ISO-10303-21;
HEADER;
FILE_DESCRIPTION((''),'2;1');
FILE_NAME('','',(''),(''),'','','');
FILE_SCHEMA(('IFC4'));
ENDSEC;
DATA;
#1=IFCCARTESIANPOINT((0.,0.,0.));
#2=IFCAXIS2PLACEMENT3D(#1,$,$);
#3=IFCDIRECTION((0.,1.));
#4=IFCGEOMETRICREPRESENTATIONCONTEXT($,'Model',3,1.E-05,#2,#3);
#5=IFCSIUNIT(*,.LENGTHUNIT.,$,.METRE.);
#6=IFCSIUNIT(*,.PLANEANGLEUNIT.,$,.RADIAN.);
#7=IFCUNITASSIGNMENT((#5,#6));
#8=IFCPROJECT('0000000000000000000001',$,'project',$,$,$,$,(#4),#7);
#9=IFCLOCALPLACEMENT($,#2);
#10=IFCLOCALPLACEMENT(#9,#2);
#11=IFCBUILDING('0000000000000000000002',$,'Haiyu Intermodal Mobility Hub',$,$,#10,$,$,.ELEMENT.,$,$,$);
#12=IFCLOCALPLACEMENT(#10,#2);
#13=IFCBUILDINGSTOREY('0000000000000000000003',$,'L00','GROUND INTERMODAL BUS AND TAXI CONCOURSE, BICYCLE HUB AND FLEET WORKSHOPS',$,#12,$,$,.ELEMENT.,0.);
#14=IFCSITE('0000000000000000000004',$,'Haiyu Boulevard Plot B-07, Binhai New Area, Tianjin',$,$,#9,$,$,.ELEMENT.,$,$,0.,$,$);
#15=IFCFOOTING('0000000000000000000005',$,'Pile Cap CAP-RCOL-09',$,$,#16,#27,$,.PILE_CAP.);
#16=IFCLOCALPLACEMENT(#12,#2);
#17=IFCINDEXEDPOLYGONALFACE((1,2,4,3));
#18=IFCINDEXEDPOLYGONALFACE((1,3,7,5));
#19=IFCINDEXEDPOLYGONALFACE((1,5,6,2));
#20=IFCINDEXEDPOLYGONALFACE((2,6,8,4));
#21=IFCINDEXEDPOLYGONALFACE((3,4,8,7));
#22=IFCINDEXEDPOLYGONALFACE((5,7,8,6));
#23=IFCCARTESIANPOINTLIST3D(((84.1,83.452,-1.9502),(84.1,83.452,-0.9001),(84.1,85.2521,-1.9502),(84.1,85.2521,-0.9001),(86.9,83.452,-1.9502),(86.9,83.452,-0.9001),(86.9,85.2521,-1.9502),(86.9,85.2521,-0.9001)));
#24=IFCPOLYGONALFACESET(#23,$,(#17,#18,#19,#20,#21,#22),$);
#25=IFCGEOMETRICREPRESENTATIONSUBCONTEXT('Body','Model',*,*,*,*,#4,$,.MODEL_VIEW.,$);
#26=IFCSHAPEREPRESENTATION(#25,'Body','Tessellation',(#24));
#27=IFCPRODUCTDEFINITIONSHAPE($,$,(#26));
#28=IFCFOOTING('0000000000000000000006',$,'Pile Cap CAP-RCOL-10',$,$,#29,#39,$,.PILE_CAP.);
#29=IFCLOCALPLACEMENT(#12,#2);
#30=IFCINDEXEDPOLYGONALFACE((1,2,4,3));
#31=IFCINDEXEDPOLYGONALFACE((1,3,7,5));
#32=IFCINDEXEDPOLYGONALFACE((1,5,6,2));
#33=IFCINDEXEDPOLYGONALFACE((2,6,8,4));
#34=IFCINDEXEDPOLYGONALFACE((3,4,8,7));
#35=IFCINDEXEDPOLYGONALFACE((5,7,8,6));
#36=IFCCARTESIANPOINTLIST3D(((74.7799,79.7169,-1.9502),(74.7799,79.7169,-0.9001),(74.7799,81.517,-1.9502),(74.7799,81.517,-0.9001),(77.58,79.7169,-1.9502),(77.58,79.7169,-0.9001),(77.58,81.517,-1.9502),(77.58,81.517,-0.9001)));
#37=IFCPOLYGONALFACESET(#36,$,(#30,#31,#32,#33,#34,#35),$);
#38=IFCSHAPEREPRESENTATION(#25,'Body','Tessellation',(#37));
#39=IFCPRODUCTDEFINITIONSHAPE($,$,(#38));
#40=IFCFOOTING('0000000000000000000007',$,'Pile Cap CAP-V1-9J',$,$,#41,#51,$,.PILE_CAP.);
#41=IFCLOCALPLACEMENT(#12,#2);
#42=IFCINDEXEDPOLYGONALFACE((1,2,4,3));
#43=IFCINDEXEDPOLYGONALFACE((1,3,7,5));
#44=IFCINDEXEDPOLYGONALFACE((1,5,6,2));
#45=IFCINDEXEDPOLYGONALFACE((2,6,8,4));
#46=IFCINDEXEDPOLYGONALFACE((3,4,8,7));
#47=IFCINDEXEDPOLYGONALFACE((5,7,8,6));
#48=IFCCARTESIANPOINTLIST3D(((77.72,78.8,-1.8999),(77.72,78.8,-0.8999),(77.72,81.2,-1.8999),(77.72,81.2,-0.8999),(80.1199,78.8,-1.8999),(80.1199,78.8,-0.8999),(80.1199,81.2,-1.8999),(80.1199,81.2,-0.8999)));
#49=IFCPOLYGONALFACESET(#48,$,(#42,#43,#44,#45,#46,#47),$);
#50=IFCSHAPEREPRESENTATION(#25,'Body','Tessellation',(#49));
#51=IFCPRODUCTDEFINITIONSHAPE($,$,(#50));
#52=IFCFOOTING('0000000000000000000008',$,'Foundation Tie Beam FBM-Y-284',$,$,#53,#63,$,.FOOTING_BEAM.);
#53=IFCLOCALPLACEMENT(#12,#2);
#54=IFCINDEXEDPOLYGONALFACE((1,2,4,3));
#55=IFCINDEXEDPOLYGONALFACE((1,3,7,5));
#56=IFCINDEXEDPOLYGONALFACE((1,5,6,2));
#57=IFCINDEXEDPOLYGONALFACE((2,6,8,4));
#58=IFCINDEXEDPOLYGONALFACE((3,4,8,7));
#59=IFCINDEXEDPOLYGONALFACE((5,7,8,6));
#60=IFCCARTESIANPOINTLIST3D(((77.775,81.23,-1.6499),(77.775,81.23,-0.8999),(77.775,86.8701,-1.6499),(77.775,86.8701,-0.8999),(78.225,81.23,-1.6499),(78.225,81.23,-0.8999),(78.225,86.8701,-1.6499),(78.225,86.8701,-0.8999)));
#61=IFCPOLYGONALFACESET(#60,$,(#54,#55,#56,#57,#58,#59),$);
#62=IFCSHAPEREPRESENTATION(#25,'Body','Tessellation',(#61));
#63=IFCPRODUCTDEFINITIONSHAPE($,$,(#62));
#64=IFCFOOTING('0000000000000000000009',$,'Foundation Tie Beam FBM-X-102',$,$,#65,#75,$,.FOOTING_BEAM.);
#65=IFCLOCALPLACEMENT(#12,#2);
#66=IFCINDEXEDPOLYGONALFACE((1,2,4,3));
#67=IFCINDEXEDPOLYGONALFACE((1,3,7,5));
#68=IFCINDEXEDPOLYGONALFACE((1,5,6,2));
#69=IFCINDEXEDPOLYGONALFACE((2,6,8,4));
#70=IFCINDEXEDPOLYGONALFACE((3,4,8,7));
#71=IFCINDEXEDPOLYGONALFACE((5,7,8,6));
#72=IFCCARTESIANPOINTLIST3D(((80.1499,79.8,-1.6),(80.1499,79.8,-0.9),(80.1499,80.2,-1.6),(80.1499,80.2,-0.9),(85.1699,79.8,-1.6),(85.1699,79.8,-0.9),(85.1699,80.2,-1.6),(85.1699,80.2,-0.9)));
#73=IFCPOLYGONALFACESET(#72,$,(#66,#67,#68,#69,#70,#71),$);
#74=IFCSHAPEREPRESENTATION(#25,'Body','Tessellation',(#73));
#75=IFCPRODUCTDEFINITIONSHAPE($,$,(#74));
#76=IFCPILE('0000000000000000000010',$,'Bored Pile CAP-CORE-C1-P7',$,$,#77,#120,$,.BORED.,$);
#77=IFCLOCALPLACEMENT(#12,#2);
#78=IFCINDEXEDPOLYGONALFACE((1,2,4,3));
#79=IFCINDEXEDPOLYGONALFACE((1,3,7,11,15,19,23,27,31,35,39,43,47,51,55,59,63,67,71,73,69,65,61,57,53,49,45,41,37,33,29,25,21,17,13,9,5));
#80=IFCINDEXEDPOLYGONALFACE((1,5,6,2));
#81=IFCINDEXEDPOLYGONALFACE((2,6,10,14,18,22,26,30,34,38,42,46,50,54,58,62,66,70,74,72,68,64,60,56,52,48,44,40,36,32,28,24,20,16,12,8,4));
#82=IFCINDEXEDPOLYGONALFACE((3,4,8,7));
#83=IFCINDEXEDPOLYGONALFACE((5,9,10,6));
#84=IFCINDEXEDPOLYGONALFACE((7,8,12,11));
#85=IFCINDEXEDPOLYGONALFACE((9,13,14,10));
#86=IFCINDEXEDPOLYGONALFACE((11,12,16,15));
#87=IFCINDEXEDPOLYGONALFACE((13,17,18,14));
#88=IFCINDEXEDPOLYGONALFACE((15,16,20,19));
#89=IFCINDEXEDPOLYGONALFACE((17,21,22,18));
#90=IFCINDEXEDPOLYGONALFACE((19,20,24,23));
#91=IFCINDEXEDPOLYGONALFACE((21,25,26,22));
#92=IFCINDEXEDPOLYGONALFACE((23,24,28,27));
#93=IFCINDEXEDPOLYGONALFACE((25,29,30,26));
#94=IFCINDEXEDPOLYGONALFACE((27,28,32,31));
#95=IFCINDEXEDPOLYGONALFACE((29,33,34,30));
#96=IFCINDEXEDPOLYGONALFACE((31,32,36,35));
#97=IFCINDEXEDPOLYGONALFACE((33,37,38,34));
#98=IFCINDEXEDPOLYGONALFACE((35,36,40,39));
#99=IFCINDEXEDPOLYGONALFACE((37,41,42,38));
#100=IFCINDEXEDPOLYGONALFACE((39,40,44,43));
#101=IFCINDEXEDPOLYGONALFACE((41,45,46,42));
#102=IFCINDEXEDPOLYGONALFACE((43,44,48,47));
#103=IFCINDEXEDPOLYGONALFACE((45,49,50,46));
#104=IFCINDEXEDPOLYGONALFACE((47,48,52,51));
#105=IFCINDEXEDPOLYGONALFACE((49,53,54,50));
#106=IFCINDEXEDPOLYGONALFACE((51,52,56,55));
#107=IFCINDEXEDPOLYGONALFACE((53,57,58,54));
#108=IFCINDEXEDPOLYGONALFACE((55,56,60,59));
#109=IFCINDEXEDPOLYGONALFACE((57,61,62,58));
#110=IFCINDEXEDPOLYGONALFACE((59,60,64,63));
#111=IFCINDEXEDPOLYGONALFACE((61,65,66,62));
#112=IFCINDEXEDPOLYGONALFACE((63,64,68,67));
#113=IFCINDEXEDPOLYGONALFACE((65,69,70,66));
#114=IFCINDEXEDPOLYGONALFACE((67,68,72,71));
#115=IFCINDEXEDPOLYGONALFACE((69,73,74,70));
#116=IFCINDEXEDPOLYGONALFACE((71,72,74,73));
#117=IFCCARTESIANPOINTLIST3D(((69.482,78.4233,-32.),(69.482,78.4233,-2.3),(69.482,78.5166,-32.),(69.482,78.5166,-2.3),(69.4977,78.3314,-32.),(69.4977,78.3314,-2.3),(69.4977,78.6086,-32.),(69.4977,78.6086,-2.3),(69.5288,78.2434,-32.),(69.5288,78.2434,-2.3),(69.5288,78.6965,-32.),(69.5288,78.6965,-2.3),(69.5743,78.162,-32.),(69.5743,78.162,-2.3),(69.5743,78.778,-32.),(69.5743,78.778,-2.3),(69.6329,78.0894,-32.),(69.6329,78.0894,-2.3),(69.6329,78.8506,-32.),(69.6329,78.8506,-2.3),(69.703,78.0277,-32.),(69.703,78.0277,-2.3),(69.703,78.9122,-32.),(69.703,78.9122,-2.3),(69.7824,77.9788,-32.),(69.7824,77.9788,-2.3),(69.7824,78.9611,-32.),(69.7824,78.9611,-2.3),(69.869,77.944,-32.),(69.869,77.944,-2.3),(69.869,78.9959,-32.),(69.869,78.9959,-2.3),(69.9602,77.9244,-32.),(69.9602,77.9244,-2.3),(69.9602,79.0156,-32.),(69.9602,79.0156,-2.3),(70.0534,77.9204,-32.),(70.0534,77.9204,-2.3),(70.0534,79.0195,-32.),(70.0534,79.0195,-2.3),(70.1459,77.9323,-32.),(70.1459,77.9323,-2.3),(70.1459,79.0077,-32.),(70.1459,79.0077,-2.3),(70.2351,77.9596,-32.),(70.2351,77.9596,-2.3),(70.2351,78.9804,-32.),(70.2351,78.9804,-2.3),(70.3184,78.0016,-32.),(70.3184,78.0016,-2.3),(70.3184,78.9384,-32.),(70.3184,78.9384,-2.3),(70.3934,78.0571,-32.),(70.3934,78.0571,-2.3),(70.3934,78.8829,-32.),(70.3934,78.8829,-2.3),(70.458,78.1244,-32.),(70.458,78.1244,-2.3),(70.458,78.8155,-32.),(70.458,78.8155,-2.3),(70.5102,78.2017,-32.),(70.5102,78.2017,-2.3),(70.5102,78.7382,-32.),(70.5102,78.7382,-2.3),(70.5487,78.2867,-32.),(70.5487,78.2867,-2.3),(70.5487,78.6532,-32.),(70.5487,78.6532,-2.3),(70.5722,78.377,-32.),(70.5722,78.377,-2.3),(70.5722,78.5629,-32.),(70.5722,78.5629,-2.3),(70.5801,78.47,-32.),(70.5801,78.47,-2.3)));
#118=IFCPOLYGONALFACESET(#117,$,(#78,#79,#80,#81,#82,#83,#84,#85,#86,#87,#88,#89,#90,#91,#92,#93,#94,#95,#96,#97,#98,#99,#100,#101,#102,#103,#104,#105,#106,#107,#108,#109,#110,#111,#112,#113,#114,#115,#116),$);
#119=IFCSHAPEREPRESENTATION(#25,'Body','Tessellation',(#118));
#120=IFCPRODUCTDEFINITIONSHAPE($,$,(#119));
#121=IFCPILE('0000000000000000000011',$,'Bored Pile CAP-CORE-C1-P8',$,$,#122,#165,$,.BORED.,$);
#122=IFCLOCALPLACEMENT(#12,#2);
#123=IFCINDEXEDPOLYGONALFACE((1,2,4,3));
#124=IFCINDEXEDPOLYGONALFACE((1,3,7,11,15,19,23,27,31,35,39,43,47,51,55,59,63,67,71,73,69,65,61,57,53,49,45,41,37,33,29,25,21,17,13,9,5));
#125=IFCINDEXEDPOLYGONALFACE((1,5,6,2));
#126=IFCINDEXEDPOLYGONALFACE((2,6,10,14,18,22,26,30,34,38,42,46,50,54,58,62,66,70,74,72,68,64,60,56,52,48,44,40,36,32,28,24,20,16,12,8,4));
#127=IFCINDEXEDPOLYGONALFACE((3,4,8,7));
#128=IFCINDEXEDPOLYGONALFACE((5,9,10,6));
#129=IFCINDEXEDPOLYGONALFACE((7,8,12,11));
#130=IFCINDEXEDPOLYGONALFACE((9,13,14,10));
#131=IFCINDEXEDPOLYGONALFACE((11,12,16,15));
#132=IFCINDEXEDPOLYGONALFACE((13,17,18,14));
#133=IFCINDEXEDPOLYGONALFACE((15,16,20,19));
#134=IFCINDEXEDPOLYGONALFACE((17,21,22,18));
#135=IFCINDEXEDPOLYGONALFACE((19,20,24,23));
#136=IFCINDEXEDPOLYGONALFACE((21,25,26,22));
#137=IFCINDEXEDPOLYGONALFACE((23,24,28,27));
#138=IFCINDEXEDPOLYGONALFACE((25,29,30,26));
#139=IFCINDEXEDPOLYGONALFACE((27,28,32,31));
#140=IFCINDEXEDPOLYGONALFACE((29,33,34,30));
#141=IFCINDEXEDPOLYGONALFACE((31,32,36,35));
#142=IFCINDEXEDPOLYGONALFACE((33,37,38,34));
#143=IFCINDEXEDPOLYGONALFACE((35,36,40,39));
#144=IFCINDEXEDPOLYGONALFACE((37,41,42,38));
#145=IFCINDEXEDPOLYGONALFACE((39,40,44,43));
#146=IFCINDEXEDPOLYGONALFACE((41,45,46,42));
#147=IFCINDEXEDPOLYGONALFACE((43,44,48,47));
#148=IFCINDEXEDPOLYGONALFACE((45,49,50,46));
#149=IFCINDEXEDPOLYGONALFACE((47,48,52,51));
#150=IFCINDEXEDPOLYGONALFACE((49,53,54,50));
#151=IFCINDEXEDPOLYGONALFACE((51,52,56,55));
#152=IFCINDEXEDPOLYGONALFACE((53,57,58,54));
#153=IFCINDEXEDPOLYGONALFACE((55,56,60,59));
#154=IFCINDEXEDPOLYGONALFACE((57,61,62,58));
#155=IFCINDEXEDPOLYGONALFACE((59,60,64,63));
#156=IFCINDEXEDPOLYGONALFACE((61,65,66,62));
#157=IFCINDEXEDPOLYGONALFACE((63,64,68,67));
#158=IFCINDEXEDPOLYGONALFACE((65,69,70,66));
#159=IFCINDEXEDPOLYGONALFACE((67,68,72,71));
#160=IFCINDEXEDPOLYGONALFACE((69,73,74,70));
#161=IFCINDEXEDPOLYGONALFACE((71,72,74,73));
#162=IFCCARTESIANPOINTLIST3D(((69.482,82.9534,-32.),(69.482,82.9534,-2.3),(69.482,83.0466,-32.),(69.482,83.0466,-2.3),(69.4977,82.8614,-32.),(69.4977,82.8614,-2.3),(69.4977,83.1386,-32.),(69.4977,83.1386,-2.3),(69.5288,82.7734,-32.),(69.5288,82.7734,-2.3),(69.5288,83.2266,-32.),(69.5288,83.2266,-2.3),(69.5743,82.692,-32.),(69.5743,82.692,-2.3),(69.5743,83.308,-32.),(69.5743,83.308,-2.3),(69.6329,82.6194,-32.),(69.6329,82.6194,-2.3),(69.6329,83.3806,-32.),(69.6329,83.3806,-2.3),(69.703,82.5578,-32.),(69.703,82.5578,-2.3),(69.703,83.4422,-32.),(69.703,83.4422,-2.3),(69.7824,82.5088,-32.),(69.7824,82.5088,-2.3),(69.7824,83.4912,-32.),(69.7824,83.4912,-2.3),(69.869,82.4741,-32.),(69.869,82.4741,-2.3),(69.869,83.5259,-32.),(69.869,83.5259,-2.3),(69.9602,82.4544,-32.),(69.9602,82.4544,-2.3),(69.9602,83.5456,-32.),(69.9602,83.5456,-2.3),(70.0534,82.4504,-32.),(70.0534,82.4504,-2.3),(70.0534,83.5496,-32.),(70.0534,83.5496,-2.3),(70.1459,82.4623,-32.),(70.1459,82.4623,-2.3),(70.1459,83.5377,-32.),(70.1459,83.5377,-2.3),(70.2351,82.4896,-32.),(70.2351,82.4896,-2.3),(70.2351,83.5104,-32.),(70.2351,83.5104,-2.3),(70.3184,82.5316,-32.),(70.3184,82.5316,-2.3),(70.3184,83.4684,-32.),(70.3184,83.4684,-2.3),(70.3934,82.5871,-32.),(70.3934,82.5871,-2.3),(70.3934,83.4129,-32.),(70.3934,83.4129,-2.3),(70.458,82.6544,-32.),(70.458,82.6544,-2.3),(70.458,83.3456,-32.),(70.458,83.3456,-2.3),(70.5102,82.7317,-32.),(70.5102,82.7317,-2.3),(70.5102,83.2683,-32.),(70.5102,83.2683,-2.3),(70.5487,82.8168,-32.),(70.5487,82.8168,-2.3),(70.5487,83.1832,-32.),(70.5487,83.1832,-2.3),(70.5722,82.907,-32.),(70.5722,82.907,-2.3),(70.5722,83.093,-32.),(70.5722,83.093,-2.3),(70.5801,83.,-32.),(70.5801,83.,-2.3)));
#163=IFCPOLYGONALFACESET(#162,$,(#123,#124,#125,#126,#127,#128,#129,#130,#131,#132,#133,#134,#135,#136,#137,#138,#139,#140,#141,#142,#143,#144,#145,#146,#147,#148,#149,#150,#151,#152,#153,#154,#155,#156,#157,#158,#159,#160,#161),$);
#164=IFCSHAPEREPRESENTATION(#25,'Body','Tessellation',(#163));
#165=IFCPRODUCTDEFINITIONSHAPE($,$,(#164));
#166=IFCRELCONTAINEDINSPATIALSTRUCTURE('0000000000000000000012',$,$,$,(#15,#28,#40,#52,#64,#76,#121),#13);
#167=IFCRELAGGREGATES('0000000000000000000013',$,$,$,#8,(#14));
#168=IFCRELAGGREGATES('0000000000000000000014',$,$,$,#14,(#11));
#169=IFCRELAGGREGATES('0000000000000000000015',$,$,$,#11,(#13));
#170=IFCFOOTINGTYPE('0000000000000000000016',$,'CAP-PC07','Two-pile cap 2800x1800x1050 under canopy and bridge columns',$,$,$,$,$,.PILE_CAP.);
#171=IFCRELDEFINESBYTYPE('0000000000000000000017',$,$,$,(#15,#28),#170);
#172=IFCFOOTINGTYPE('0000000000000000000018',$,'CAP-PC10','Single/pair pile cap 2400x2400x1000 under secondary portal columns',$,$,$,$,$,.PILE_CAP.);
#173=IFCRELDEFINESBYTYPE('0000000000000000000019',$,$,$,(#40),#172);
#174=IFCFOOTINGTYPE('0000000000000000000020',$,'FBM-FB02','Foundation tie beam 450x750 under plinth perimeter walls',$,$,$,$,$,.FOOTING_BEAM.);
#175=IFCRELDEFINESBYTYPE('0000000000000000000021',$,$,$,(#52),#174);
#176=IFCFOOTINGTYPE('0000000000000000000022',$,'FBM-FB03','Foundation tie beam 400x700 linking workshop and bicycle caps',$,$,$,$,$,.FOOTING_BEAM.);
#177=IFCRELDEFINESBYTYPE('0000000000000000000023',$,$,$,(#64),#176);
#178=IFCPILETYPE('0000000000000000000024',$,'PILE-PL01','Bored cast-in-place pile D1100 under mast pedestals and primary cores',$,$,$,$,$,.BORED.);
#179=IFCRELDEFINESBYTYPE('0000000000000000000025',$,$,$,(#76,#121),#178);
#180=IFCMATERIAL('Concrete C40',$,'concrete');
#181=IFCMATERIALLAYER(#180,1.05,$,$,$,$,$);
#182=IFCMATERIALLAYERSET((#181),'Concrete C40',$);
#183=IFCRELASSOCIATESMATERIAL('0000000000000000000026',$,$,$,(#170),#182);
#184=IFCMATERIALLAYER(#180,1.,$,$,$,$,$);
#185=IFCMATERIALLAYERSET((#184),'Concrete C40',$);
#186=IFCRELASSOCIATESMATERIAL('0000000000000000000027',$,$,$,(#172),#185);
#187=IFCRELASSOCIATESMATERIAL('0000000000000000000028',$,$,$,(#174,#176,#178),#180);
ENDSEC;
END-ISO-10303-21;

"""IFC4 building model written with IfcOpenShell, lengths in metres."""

from ifc_helpers import new_model, si_unit, direction, frame, origin, origin_2d, place, context, subcontext, project, spatial, rectangle, circle, extrude, material, layer, layer_set, material_profile, profile_set, type_object, element, save


model = new_model("IFC4")

# Units and contexts
model_context = context("Model", 3, precision=1e-05, world=origin(), true_north=direction((0.0, 1.0)))
body_context = subcontext(model_context, "Body", "Model", "MODEL_VIEW")
ifc_project = project(units=[si_unit("LENGTHUNIT", "METRE"), si_unit("PLANEANGLEUNIT", "RADIAN")], contexts=[model_context])

# Site, building, storey
site_placement = place(None, origin())
site = spatial("IfcSite", under=ifc_project, at=site_placement, Name="Haiyu Boulevard Plot B-07, Binhai New Area, Tianjin", CompositionType="ELEMENT", RefElevation=0.0)
building_placement = place(site_placement, origin())
building = spatial("IfcBuilding", under=site, at=building_placement, Name="Haiyu Intermodal Mobility Hub", CompositionType="ELEMENT")
storey_placement = place(building_placement, origin())
storey = spatial("IfcBuildingStorey", under=building, at=storey_placement, Name="L00", Description="GROUND INTERMODAL BUS AND TAXI CONCOURSE, BICYCLE HUB AND FLEET WORKSHOPS", CompositionType="ELEMENT", Elevation=0.0)

# Footings
ifc_material_1 = material(Name="Concrete C40", Category="concrete")
ifc_layer_1 = layer(ifc_material_1, 1.05)
ifc_layer_set_1 = layer_set([ifc_layer_1], Name="Concrete C40")
footing_type_1 = type_object("IfcFootingType", Name="CAP-PC07", Description="Two-pile cap 2800x1800x1050 under canopy and bridge columns", PredefinedType="PILE_CAP", material=ifc_layer_set_1)
for number, where, z_axis, x_axis, name in (
    (1, (85.5, 84.3521, -1.9502), (0.0, 0.0, 1.0), (1.0, 0.0, 0.0), "Pile Cap CAP-RCOL-09"),
    (2, (76.1799, 80.6169, -1.9502), (0.0, 0.0, 1.0), (1.0, 0.0, 0.0), "Pile Cap CAP-RCOL-10"),
):
    element("IfcFooting", number, at=place(storey_placement, frame(where, z_axis=z_axis, x_axis=x_axis)), inside=storey, type_object=footing_type_1, Name=name, PredefinedType="PILE_CAP", context=body_context, shape_type="SweptSolid", body=[
        extrude(rectangle(XDim=2.8, YDim=1.8, at=origin_2d()), origin(), (0.0, 0.0, 1.0), 1.05),
    ])
ifc_layer_2 = layer(ifc_material_1, 1.0)
ifc_layer_set_2 = layer_set([ifc_layer_2], Name="Concrete C40")
footing_type_2 = type_object("IfcFootingType", Name="CAP-PC10", Description="Single/pair pile cap 2400x2400x1000 under secondary portal columns", PredefinedType="PILE_CAP", material=ifc_layer_set_2)
footing_1_placement = place(storey_placement, frame((78.9199, 80.0, -1.8999), z_axis=(0.0, 0.0, 1.0), x_axis=(1.0, 0.0, 0.0)))
element("IfcFooting", 3, at=footing_1_placement, inside=storey, type_object=footing_type_2, Name="Pile Cap CAP-V1-9J", PredefinedType="PILE_CAP", context=body_context, shape_type="SweptSolid", body=[
    extrude(rectangle(XDim=2.3999, YDim=2.3999, at=origin_2d()), origin(), (0.0, 0.0, 1.0), 1.0),
])
ifc_material_profile_1 = material_profile(ifc_material_1, rectangle(XDim=0.45, YDim=0.75, at=origin_2d()), Name="FB450x750")
ifc_profile_set_1 = profile_set([ifc_material_profile_1], Name="Concrete C40")
footing_type_3 = type_object("IfcFootingType", Name="FBM-FB02", Description="Foundation tie beam 450x750 under plinth perimeter walls", PredefinedType="FOOTING_BEAM", material=ifc_profile_set_1)
footing_2_placement = place(storey_placement, frame((78.0, 81.23, -1.2749), z_axis=(0.0, 1.0, 0.0), x_axis=(-1.0, 0.0, 0.0)))
element("IfcFooting", 4, at=footing_2_placement, inside=storey, type_object=footing_type_3, Name="Foundation Tie Beam FBM-Y-284", PredefinedType="FOOTING_BEAM", context=body_context, shape_type="SweptSolid", body=[
    extrude(rectangle(XDim=0.45, YDim=0.75, at=origin_2d()), origin(), (0.0, 0.0, 1.0), 5.6401),
])
ifc_material_profile_2 = material_profile(ifc_material_1, rectangle(XDim=0.3999, YDim=0.7, at=origin_2d()), Name="FB400x700")
ifc_profile_set_2 = profile_set([ifc_material_profile_2], Name="Concrete C40")
footing_type_4 = type_object("IfcFootingType", Name="FBM-FB03", Description="Foundation tie beam 400x700 linking workshop and bicycle caps", PredefinedType="FOOTING_BEAM", material=ifc_profile_set_2)
footing_3_placement = place(storey_placement, frame((80.1499, 80.0, -1.25), z_axis=(1.0, 0.0, 0.0), x_axis=(0.0, 1.0, 0.0)))
element("IfcFooting", 5, at=footing_3_placement, inside=storey, type_object=footing_type_4, Name="Foundation Tie Beam FBM-X-102", PredefinedType="FOOTING_BEAM", context=body_context, shape_type="SweptSolid", body=[
    extrude(rectangle(XDim=0.3999, YDim=0.7, at=origin_2d()), origin(), (0.0, 0.0, 1.0), 5.02),
])

# Piles
ifc_material_profile_3 = material_profile(ifc_material_1, circle(Radius=0.55, at=origin_2d()), Name="PILE-D1100")
ifc_profile_set_3 = profile_set([ifc_material_profile_3], Name="Concrete C40")
pile_type_1 = type_object("IfcPileType", Name="PILE-PL01", Description="Bored cast-in-place pile D1100 under mast pedestals and primary cores", PredefinedType="BORED", material=ifc_profile_set_3)
for number, where, z_axis, x_axis, name in (
    (6, (70.03, 78.47, -2.3), (0.0, 0.0, -1.0), (1.0, 0.0, 0.0), "Bored Pile CAP-CORE-C1-P7"),
    (7, (70.03, 83.0, -2.3), (0.0, 0.0, -1.0), (1.0, 0.0, 0.0), "Bored Pile CAP-CORE-C1-P8"),
):
    element("IfcPile", number, at=place(storey_placement, frame(where, z_axis=z_axis, x_axis=x_axis)), inside=storey, type_object=pile_type_1, Name=name, PredefinedType="BORED", context=body_context, shape_type="SweptSolid", body=[
        extrude(circle(Radius=0.55, at=origin_2d()), origin(), (0.0, 0.0, 1.0), 29.7),
    ])

save(model, "model.ifc")
